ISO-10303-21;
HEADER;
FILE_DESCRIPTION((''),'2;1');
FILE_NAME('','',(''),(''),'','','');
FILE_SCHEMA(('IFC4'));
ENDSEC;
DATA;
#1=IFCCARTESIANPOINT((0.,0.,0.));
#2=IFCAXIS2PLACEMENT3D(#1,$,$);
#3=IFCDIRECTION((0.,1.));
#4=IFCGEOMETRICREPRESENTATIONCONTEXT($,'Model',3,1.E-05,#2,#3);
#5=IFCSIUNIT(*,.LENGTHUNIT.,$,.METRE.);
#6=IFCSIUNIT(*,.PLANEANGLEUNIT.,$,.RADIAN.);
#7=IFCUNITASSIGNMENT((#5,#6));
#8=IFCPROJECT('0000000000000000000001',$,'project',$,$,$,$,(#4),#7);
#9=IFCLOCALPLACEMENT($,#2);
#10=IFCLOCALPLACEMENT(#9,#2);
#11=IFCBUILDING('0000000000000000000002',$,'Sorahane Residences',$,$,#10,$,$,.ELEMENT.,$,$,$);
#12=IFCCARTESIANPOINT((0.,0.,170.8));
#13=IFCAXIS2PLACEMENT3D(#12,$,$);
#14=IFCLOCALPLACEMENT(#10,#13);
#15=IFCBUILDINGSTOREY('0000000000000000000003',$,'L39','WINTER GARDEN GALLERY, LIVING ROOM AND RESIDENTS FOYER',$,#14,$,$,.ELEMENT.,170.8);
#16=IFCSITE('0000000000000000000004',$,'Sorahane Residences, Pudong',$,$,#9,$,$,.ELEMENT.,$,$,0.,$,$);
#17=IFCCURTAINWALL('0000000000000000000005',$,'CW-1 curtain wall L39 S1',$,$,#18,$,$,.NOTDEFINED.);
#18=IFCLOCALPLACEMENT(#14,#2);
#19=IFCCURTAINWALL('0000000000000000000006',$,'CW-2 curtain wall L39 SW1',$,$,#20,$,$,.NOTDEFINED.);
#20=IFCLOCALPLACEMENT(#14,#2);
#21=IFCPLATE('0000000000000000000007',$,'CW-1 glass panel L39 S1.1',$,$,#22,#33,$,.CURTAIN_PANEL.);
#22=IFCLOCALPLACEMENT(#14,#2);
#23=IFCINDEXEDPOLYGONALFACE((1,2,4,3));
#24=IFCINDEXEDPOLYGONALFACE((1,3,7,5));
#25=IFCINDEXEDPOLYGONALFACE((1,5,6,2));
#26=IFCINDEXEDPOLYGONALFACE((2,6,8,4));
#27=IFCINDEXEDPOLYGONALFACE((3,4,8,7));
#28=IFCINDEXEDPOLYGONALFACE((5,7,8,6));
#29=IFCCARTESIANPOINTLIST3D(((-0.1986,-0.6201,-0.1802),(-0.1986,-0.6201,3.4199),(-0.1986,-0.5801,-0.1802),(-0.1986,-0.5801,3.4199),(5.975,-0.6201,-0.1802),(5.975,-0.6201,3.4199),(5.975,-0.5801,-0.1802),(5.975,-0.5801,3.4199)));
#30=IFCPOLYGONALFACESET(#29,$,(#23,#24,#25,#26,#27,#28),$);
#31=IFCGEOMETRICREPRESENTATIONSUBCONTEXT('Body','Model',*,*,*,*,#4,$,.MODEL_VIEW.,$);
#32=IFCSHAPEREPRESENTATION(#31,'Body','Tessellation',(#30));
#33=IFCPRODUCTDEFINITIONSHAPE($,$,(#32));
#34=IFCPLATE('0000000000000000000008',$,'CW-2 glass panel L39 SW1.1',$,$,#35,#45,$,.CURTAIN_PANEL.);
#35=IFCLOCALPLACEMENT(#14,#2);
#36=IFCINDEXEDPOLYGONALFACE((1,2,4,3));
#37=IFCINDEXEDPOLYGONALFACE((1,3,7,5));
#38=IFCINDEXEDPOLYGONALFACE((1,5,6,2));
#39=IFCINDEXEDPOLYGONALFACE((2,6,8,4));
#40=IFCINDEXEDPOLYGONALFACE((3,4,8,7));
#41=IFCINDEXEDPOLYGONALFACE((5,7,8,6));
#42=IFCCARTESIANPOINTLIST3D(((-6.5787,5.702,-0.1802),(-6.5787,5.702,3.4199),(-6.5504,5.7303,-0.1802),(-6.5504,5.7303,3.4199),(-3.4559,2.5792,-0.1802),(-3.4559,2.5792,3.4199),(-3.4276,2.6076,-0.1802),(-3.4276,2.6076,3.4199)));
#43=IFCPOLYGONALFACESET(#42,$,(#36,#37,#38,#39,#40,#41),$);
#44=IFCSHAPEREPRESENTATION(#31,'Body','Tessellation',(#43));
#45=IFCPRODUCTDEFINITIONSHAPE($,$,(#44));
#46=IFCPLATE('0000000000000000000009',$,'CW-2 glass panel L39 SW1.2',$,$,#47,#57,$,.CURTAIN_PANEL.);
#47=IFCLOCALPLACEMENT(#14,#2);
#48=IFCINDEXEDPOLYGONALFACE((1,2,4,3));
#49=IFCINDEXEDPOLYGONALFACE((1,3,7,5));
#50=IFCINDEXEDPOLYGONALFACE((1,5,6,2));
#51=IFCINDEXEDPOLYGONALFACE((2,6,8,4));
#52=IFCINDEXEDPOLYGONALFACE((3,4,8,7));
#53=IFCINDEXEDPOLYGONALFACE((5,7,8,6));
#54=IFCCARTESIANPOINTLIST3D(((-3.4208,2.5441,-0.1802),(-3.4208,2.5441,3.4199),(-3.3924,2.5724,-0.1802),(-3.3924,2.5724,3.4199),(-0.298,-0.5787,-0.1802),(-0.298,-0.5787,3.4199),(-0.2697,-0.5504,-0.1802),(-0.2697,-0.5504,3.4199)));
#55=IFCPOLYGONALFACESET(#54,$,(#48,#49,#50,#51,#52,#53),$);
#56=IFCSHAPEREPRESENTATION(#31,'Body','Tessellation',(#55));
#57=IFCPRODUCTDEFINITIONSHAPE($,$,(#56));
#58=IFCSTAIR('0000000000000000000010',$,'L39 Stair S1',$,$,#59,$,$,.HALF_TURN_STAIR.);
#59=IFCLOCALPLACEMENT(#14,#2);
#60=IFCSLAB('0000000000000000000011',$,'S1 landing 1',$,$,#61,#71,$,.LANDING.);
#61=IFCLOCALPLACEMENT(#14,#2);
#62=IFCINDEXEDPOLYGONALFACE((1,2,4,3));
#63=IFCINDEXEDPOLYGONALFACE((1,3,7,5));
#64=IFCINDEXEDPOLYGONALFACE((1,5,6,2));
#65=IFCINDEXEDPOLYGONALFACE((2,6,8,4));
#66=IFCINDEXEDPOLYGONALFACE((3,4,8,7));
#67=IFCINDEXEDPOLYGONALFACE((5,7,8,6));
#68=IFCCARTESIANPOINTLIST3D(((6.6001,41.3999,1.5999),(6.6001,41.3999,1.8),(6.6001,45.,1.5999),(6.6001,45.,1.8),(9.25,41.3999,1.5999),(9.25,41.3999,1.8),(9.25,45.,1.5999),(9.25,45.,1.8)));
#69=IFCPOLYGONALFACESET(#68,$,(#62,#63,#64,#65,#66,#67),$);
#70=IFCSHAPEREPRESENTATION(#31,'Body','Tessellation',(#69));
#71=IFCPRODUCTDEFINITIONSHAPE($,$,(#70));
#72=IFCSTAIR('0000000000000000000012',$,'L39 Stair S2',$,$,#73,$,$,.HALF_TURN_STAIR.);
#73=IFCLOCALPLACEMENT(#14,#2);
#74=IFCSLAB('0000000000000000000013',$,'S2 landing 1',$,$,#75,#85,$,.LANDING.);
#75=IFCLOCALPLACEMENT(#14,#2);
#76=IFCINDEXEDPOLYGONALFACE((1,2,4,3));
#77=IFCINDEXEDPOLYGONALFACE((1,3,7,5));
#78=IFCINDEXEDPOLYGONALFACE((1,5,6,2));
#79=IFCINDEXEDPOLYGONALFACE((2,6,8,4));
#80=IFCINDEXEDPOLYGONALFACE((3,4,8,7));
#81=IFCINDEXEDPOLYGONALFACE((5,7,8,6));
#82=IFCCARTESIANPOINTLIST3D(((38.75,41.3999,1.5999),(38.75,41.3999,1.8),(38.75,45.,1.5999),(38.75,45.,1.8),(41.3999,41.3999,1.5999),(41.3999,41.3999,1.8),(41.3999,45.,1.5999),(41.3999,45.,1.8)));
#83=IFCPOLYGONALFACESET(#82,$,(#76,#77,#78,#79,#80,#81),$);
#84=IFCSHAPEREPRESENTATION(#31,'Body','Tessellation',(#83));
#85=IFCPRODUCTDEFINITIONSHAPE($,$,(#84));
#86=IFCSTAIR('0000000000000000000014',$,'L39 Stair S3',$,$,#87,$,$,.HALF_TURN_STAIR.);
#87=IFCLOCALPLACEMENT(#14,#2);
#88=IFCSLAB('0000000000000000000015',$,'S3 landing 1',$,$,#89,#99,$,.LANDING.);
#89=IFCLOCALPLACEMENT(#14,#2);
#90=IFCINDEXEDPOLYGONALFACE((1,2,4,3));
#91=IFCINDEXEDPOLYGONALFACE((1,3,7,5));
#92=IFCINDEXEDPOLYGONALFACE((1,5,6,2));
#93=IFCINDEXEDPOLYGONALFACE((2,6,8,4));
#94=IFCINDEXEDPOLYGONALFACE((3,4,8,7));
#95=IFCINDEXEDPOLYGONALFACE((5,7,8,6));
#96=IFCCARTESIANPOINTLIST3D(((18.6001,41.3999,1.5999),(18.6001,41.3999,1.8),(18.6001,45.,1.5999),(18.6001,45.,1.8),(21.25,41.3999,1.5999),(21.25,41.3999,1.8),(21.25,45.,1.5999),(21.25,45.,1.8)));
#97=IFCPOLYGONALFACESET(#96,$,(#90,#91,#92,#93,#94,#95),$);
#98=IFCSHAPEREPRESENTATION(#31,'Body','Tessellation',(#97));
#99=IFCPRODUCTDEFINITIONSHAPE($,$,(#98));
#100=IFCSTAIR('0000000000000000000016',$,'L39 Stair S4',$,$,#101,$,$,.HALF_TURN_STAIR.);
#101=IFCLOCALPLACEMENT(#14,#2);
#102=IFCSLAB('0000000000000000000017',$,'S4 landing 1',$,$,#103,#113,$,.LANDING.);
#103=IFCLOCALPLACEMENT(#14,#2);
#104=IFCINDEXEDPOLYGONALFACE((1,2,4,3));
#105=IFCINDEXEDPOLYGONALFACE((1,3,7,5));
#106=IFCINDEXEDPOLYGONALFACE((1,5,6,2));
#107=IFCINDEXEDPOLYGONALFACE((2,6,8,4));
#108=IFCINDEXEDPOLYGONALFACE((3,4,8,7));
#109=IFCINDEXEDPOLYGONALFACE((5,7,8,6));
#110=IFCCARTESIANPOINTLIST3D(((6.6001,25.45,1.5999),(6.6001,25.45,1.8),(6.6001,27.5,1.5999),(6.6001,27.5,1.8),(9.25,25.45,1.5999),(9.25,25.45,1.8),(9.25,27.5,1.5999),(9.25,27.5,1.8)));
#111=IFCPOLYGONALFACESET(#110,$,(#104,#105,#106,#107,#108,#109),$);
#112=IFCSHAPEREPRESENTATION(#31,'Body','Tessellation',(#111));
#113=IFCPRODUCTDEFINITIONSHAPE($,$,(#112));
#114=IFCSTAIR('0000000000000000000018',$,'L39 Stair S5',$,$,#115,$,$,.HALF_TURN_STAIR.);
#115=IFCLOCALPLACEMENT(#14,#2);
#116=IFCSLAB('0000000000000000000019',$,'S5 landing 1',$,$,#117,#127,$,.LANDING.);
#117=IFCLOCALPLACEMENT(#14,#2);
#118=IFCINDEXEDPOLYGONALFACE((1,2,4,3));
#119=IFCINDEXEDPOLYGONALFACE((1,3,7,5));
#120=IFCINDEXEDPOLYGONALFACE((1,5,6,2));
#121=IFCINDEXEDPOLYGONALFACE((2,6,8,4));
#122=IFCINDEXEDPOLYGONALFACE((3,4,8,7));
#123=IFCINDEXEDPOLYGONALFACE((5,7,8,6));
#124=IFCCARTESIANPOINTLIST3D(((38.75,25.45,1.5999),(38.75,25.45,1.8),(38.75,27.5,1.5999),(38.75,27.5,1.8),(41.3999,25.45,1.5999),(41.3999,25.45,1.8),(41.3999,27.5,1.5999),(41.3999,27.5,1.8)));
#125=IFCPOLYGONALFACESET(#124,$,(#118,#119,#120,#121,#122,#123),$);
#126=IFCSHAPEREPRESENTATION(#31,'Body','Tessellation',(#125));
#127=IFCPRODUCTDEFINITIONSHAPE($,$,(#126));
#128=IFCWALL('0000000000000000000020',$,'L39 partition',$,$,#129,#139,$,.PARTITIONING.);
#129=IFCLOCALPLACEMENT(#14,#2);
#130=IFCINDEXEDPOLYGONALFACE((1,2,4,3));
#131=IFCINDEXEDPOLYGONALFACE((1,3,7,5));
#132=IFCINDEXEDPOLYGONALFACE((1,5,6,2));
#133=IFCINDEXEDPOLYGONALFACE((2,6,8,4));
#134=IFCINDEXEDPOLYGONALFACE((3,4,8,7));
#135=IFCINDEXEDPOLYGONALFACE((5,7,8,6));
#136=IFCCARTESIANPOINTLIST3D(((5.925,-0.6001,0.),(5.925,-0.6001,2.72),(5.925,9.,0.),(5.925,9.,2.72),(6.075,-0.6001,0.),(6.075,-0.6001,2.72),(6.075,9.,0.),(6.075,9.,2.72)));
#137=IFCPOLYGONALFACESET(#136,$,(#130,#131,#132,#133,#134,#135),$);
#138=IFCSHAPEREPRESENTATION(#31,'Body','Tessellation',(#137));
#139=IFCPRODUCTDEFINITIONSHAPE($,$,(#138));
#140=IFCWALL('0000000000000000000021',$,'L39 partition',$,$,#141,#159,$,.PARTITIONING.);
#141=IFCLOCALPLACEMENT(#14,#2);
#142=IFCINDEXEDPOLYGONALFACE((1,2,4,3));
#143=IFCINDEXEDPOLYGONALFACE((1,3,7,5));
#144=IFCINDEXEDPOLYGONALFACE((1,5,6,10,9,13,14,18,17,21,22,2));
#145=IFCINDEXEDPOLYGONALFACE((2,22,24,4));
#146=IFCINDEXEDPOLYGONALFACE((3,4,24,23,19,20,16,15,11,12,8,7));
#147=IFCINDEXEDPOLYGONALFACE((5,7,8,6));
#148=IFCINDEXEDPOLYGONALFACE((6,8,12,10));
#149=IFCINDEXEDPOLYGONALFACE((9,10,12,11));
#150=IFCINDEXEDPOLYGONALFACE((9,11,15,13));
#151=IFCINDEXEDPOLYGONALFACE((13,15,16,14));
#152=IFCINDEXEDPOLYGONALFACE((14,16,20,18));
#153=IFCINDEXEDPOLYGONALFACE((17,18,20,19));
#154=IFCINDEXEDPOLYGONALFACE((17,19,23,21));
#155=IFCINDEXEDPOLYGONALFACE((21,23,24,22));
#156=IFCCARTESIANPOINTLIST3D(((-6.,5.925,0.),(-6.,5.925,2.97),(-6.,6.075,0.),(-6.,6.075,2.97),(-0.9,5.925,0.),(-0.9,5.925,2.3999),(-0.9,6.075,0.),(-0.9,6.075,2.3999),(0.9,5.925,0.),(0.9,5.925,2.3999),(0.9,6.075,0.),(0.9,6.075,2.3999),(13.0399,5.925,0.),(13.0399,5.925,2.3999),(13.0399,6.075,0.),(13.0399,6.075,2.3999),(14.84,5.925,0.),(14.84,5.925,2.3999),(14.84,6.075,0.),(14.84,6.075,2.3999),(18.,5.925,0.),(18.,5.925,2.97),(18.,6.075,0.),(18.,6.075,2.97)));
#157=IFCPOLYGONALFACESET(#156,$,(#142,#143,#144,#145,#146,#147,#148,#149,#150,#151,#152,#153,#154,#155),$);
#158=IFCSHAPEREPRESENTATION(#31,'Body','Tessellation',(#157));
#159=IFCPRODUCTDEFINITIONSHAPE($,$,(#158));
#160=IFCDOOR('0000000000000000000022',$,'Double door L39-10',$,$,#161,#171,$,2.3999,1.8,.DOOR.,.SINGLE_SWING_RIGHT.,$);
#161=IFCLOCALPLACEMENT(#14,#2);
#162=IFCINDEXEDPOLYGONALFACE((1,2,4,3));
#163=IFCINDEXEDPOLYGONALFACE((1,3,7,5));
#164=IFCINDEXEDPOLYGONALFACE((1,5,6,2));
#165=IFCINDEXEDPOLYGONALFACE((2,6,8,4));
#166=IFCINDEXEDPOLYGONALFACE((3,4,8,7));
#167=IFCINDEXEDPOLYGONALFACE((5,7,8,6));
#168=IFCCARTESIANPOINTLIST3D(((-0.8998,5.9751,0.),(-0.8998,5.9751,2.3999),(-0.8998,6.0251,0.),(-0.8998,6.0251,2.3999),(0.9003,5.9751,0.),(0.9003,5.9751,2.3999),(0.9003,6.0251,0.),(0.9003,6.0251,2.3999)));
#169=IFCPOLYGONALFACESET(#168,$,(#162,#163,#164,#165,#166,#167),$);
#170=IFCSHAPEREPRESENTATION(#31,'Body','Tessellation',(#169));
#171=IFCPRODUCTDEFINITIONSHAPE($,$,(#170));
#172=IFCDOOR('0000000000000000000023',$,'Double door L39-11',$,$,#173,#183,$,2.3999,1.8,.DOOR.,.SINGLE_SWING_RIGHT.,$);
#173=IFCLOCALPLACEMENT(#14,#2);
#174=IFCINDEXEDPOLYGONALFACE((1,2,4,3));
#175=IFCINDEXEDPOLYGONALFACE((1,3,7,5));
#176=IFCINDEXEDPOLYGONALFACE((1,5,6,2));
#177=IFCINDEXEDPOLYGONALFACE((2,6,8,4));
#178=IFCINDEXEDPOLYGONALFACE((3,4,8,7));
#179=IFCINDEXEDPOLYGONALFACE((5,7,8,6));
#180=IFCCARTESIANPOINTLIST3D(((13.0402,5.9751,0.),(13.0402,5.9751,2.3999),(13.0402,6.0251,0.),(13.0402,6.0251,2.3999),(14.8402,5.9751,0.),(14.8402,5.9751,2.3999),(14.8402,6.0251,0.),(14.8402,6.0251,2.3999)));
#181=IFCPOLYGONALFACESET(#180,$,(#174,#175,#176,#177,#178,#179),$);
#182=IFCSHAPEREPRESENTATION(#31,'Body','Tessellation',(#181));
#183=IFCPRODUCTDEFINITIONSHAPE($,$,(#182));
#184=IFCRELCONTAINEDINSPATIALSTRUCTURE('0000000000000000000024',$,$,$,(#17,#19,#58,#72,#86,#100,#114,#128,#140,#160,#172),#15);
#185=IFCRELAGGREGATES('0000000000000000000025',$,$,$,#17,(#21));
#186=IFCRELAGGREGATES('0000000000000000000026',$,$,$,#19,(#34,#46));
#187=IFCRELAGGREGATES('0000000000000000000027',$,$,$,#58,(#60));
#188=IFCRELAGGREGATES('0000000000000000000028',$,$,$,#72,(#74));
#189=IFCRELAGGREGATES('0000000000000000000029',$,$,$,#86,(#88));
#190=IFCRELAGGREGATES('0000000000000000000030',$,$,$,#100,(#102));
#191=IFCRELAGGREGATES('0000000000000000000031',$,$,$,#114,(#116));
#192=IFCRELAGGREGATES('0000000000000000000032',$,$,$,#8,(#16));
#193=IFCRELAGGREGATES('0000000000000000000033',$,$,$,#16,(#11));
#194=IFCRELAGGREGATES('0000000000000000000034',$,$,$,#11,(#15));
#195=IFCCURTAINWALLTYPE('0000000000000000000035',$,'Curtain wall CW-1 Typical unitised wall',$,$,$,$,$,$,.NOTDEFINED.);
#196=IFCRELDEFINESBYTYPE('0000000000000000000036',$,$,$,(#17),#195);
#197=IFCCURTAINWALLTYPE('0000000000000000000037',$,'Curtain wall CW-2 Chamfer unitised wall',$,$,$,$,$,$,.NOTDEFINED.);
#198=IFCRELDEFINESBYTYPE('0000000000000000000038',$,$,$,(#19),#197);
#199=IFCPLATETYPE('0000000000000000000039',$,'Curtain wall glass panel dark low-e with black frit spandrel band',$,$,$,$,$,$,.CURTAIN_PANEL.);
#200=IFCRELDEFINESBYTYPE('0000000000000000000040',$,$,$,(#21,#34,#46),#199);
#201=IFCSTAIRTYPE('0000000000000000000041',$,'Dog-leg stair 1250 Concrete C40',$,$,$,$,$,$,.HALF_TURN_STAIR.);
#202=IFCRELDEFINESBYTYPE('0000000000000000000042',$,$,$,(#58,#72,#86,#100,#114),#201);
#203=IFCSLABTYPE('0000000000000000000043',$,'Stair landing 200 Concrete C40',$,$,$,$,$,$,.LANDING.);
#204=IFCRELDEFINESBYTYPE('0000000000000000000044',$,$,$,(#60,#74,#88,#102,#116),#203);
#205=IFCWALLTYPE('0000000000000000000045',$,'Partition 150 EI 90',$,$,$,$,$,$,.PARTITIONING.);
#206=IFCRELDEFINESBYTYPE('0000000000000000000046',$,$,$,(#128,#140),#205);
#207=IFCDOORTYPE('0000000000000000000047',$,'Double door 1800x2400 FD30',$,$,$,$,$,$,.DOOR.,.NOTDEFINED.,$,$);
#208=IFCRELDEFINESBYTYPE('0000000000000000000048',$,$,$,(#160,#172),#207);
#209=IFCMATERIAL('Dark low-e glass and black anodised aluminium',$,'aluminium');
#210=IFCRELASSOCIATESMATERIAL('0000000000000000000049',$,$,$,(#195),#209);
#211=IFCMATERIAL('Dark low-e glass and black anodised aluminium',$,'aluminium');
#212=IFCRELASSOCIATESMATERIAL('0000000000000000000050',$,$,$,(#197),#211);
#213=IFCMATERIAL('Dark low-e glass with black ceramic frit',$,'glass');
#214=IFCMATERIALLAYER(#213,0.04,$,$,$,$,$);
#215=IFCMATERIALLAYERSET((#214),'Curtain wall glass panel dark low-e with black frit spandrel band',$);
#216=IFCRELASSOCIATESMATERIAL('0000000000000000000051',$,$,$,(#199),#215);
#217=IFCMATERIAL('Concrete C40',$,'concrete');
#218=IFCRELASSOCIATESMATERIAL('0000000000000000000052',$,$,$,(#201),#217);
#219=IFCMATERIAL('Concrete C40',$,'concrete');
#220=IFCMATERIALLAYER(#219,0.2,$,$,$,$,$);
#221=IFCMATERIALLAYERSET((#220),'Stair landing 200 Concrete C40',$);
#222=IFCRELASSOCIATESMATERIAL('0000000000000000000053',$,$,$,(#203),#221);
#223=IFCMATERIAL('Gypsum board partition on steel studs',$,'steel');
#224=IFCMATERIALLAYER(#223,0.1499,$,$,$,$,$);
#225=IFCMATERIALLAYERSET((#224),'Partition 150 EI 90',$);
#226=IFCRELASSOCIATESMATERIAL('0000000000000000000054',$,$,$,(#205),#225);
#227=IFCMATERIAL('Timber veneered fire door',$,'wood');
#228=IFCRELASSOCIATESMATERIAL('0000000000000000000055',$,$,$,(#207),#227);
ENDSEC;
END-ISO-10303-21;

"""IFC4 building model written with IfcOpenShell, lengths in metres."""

from ifc_helpers import new_model, si_unit, direction, frame, frame_2d, origin, origin_2d, place, context, subcontext, project, spatial, polyline, rectangle, outline, extrude, material, layer, layer_set, type_object, element, fill, aggregate, save


model = new_model("IFC4")

# Units and contexts
model_context = context("Model", 3, precision=1e-05, world=origin(), true_north=direction((0.0, 1.0)))
body_context = subcontext(model_context, "Body", "Model", "MODEL_VIEW")
ifc_project = project(units=[si_unit("LENGTHUNIT", "METRE"), si_unit("PLANEANGLEUNIT", "RADIAN")], contexts=[model_context])

# Site, building, storey
site_placement = place(None, origin())
site = spatial("IfcSite", under=ifc_project, at=site_placement, Name="Sorahane Residences, Pudong", CompositionType="ELEMENT", RefElevation=0.0)
building_placement = place(site_placement, origin())
building = spatial("IfcBuilding", under=site, at=building_placement, Name="Sorahane Residences", CompositionType="ELEMENT")
storey_placement = place(building_placement, frame((0.0, 0.0, 170.8)))
storey = spatial("IfcBuildingStorey", under=building, at=storey_placement, Name="L39", Description="WINTER GARDEN GALLERY, LIVING ROOM AND RESIDENTS FOYER", CompositionType="ELEMENT", Elevation=170.8)

# Curtain wall
ifc_material_1 = material(Name="Dark low-e glass and black anodised aluminium", Category="aluminium")
curtain_wall_type_1 = type_object("IfcCurtainWallType", Name="Curtain wall CW-1 Typical unitised wall", PredefinedType="NOTDEFINED", material=ifc_material_1)
curtain_wall_1_placement = place(storey_placement, origin())
curtain_wall_1 = element("IfcCurtainWall", 1, at=curtain_wall_1_placement, inside=storey, type_object=curtain_wall_type_1, Name="CW-1 curtain wall L39 S1", PredefinedType="NOTDEFINED")

# Curtain wall
ifc_material_2 = material(Name="Dark low-e glass and black anodised aluminium", Category="aluminium")
curtain_wall_type_2 = type_object("IfcCurtainWallType", Name="Curtain wall CW-2 Chamfer unitised wall", PredefinedType="NOTDEFINED", material=ifc_material_2)
curtain_wall_2_placement = place(storey_placement, origin())
curtain_wall_2 = element("IfcCurtainWall", 2, at=curtain_wall_2_placement, inside=storey, type_object=curtain_wall_type_2, Name="CW-2 curtain wall L39 SW1", PredefinedType="NOTDEFINED")

# Plates
ifc_material_3 = material(Name="Dark low-e glass with black ceramic frit", Category="glass")
ifc_layer_1 = layer(ifc_material_3, 0.04)
ifc_layer_set_1 = layer_set([ifc_layer_1], Name="Curtain wall glass panel dark low-e with black frit spandrel band")
plate_type = type_object("IfcPlateType", Name="Curtain wall glass panel dark low-e with black frit spandrel band", PredefinedType="CURTAIN_PANEL", material=ifc_layer_set_1)
plate_1_placement = place(storey_placement, frame((2.8882, -0.6001, -0.1802), z_axis=(0.0, 0.0, 1.0), x_axis=(1.0, 0.0, 0.0)))
plate_1 = element("IfcPlate", 3, at=plate_1_placement, type_object=plate_type, Name="CW-1 glass panel L39 S1.1", PredefinedType="CURTAIN_PANEL", context=body_context, shape_type="SweptSolid", body=[
    extrude(rectangle(XDim=6.1736, YDim=0.04, at=origin_2d()), origin(), (0.0, 0.0, 1.0), 3.6001),
])
aggregate(curtain_wall_1, [plate_1])
plate_2_placement = place(storey_placement, frame((-5.0032, 4.1548, -0.1802), z_axis=(0.0, 0.0, 1.0), x_axis=(0.707107, -0.707107, 0.0)))
plate_2 = element("IfcPlate", 4, at=plate_2_placement, type_object=plate_type, Name="CW-2 glass panel L39 SW1.1", PredefinedType="CURTAIN_PANEL", context=body_context, shape_type="SweptSolid", body=[
    extrude(rectangle(XDim=4.4163, YDim=0.04, at=origin_2d()), origin(), (0.0, 0.0, 1.0), 3.6001),
])
plate_3_placement = place(storey_placement, frame((-1.8452, 0.9968, -0.1802), z_axis=(0.0, 0.0, 1.0), x_axis=(0.707107, -0.707107, 0.0)))
plate_3 = element("IfcPlate", 5, at=plate_3_placement, type_object=plate_type, Name="CW-2 glass panel L39 SW1.2", PredefinedType="CURTAIN_PANEL", context=body_context, shape_type="SweptSolid", body=[
    extrude(rectangle(XDim=4.4163, YDim=0.04, at=origin_2d()), origin(), (0.0, 0.0, 1.0), 3.6001),
])
aggregate(curtain_wall_2, [plate_2, plate_3])

# Stairs, slabs
ifc_material_4 = material(Name="Concrete C40", Category="concrete")
stair_type = type_object("IfcStairType", Name="Dog-leg stair 1250 Concrete C40", PredefinedType="HALF_TURN_STAIR", material=ifc_material_4)
stair_1_placement = place(storey_placement, origin())
stair_1 = element("IfcStair", 6, at=stair_1_placement, inside=storey, type_object=stair_type, Name="L39 Stair S1", PredefinedType="HALF_TURN_STAIR")
ifc_material_5 = material(Name="Concrete C40", Category="concrete")
ifc_layer_2 = layer(ifc_material_5, 0.2)
ifc_layer_set_2 = layer_set([ifc_layer_2], Name="Stair landing 200 Concrete C40")
slab_type_1 = type_object("IfcSlabType", Name="Stair landing 200 Concrete C40", PredefinedType="LANDING", material=ifc_layer_set_2)
slab_1_placement = place(storey_placement, frame((0.0, 0.0, 1.5999)))
slab_1 = element("IfcSlab", 7, at=slab_1_placement, type_object=slab_type_1, Name="S1 landing 1", PredefinedType="LANDING", context=body_context, shape_type="SweptSolid", body=[
    extrude(outline(polyline([(9.25, 41.3999), (9.25, 45.0), (6.6001, 45.0), (6.6001, 41.3999), (9.25, 41.3999)])), origin(), (0.0, 0.0, 1.0), 0.2002),
])
aggregate(stair_1, [slab_1])
stair_2_placement = place(storey_placement, origin())
stair_2 = element("IfcStair", 8, at=stair_2_placement, inside=storey, type_object=stair_type, Name="L39 Stair S2", PredefinedType="HALF_TURN_STAIR")
slab_2_placement = place(storey_placement, frame((0.0, 0.0, 1.5999)))
slab_2 = element("IfcSlab", 9, at=slab_2_placement, type_object=slab_type_1, Name="S2 landing 1", PredefinedType="LANDING", context=body_context, shape_type="SweptSolid", body=[
    extrude(outline(polyline([(41.3999, 41.3999), (41.3999, 45.0), (38.75, 45.0), (38.75, 41.3999), (41.3999, 41.3999)])), origin(), (0.0, 0.0, 1.0), 0.2002),
])
aggregate(stair_2, [slab_2])
stair_3_placement = place(storey_placement, origin())
stair_3 = element("IfcStair", 10, at=stair_3_placement, inside=storey, type_object=stair_type, Name="L39 Stair S3", PredefinedType="HALF_TURN_STAIR")
slab_3_placement = place(storey_placement, frame((0.0, 0.0, 1.5999)))
slab_3 = element("IfcSlab", 11, at=slab_3_placement, type_object=slab_type_1, Name="S3 landing 1", PredefinedType="LANDING", context=body_context, shape_type="SweptSolid", body=[
    extrude(outline(polyline([(21.25, 41.3999), (21.25, 45.0), (18.6001, 45.0), (18.6001, 41.3999), (21.25, 41.3999)])), origin(), (0.0, 0.0, 1.0), 0.2002),
])
aggregate(stair_3, [slab_3])
stair_4_placement = place(storey_placement, origin())
stair_4 = element("IfcStair", 12, at=stair_4_placement, inside=storey, type_object=stair_type, Name="L39 Stair S4", PredefinedType="HALF_TURN_STAIR")
slab_4_placement = place(storey_placement, frame((0.0, 0.0, 1.5999)))
slab_4 = element("IfcSlab", 13, at=slab_4_placement, type_object=slab_type_1, Name="S4 landing 1", PredefinedType="LANDING", context=body_context, shape_type="SweptSolid", body=[
    extrude(outline(polyline([(9.25, 25.45), (9.25, 27.5), (6.6001, 27.5), (6.6001, 25.45), (9.25, 25.45)])), origin(), (0.0, 0.0, 1.0), 0.2002),
])
aggregate(stair_4, [slab_4])
stair_5_placement = place(storey_placement, origin())
stair_5 = element("IfcStair", 14, at=stair_5_placement, inside=storey, type_object=stair_type, Name="L39 Stair S5", PredefinedType="HALF_TURN_STAIR")
slab_5_placement = place(storey_placement, frame((0.0, 0.0, 1.5999)))
slab_5 = element("IfcSlab", 15, at=slab_5_placement, type_object=slab_type_1, Name="S5 landing 1", PredefinedType="LANDING", context=body_context, shape_type="SweptSolid", body=[
    extrude(outline(polyline([(41.3999, 25.45), (41.3999, 27.5), (38.75, 27.5), (38.75, 25.45), (41.3999, 25.45)])), origin(), (0.0, 0.0, 1.0), 0.2002),
])
aggregate(stair_5, [slab_5])

# Wall
ifc_material_6 = material(Name="Gypsum board partition on steel studs", Category="steel")
ifc_layer_3 = layer(ifc_material_6, 0.1499)
ifc_layer_set_3 = layer_set([ifc_layer_3], Name="Partition 150 EI 90")
wall_type = type_object("IfcWallType", Name="Partition 150 EI 90", PredefinedType="PARTITIONING", material=ifc_layer_set_3)
wall_1_placement = place(storey_placement, frame((6.0, -0.6001, 0.0), z_axis=(0.0, 0.0, 1.0), x_axis=(0.0, 1.0, 0.0)))
element("IfcWall", 16, at=wall_1_placement, inside=storey, type_object=wall_type, Name="L39 partition", PredefinedType="PARTITIONING", context=body_context, shape_type="SweptSolid", body=[
    extrude(rectangle(XDim=9.6001, YDim=0.1499, at=frame_2d((4.8, 0.0))), origin(), (0.0, 0.0, 1.0), 2.72),
])

# Wall, openings, doors
wall_2_placement = place(storey_placement, frame((-6.0, 6.0, 0.0), z_axis=(0.0, 0.0, 1.0), x_axis=(1.0, 0.0, 0.0)))
wall_2 = element("IfcWall", 17, at=wall_2_placement, inside=storey, type_object=wall_type, Name="L39 partition", PredefinedType="PARTITIONING", context=body_context, shape_type="SweptSolid", body=[
    extrude(rectangle(XDim=24.0, YDim=0.1499, at=frame_2d((12.0, 0.0))), origin(), (0.0, 0.0, 1.0), 2.97),
])
opening_1_placement = place(wall_2_placement, frame((5.1001, 0.0, 0.0)))
opening_1 = element("IfcOpeningElement", 18, at=opening_1_placement, cuts=wall_2, PredefinedType="OPENING", context=body_context, shape_type="SweptSolid", body=[
    extrude(rectangle(XDim=1.8, YDim=2.3999, at=frame_2d((0.8999, 1.2))), frame((0.0, 0.085, 0.0), z_axis=(0.0, -1.0, 0.0), x_axis=(1.0, 0.0, 0.0)), (0.0, 0.0, 1.0), 0.1699),
])
opening_2_placement = place(wall_2_placement, frame((19.04, 0.0, 0.0)))
opening_2 = element("IfcOpeningElement", 19, at=opening_2_placement, cuts=wall_2, PredefinedType="OPENING", context=body_context, shape_type="SweptSolid", body=[
    extrude(rectangle(XDim=1.8, YDim=2.3999, at=frame_2d((0.8999, 1.2))), frame((0.0, 0.085, 0.0), z_axis=(0.0, -1.0, 0.0), x_axis=(1.0, 0.0, 0.0)), (0.0, 0.0, 1.0), 0.1699),
])
ifc_material_7 = material(Name="Timber veneered fire door", Category="wood")
door_type = type_object("IfcDoorType", Name="Double door 1800x2400 FD30", OperationType="NOTDEFINED", PredefinedType="DOOR", material=ifc_material_7)
door_1_placement = place(opening_1_placement, frame((1.8, 0.0, 0.0), z_axis=(0.0, 0.0, 1.0), x_axis=(-1.0, 0.0, 0.0)))
door_1 = element("IfcDoor", 20, at=door_1_placement, inside=storey, type_object=door_type, Name="Double door L39-10", OperationType="SINGLE_SWING_RIGHT", OverallHeight=2.3999, OverallWidth=1.8, PredefinedType="DOOR", context=body_context, shape_type="SweptSolid", body=[
    extrude(rectangle(XDim=1.8, YDim=2.3999, at=frame_2d((0.8999, 1.2))), frame((0.0, 0.0249, 0.0), z_axis=(0.0, -1.0, 0.0), x_axis=(1.0, 0.0, 0.0)), (0.0, 0.0, 1.0), 0.05),
])
fill(opening_1, door_1)
door_2_placement = place(opening_2_placement, frame((1.8, 0.0, 0.0), z_axis=(0.0, 0.0, 1.0), x_axis=(-1.0, 0.0, 0.0)))
door_2 = element("IfcDoor", 21, at=door_2_placement, inside=storey, type_object=door_type, Name="Double door L39-11", OperationType="SINGLE_SWING_RIGHT", OverallHeight=2.3999, OverallWidth=1.8, PredefinedType="DOOR", context=body_context, shape_type="SweptSolid", body=[
    extrude(rectangle(XDim=1.8, YDim=2.3999, at=frame_2d((0.8999, 1.2))), frame((0.0, 0.0249, 0.0), z_axis=(0.0, -1.0, 0.0), x_axis=(1.0, 0.0, 0.0)), (0.0, 0.0, 1.0), 0.05),
])
fill(opening_2, door_2)

save(model, "model.ifc")
